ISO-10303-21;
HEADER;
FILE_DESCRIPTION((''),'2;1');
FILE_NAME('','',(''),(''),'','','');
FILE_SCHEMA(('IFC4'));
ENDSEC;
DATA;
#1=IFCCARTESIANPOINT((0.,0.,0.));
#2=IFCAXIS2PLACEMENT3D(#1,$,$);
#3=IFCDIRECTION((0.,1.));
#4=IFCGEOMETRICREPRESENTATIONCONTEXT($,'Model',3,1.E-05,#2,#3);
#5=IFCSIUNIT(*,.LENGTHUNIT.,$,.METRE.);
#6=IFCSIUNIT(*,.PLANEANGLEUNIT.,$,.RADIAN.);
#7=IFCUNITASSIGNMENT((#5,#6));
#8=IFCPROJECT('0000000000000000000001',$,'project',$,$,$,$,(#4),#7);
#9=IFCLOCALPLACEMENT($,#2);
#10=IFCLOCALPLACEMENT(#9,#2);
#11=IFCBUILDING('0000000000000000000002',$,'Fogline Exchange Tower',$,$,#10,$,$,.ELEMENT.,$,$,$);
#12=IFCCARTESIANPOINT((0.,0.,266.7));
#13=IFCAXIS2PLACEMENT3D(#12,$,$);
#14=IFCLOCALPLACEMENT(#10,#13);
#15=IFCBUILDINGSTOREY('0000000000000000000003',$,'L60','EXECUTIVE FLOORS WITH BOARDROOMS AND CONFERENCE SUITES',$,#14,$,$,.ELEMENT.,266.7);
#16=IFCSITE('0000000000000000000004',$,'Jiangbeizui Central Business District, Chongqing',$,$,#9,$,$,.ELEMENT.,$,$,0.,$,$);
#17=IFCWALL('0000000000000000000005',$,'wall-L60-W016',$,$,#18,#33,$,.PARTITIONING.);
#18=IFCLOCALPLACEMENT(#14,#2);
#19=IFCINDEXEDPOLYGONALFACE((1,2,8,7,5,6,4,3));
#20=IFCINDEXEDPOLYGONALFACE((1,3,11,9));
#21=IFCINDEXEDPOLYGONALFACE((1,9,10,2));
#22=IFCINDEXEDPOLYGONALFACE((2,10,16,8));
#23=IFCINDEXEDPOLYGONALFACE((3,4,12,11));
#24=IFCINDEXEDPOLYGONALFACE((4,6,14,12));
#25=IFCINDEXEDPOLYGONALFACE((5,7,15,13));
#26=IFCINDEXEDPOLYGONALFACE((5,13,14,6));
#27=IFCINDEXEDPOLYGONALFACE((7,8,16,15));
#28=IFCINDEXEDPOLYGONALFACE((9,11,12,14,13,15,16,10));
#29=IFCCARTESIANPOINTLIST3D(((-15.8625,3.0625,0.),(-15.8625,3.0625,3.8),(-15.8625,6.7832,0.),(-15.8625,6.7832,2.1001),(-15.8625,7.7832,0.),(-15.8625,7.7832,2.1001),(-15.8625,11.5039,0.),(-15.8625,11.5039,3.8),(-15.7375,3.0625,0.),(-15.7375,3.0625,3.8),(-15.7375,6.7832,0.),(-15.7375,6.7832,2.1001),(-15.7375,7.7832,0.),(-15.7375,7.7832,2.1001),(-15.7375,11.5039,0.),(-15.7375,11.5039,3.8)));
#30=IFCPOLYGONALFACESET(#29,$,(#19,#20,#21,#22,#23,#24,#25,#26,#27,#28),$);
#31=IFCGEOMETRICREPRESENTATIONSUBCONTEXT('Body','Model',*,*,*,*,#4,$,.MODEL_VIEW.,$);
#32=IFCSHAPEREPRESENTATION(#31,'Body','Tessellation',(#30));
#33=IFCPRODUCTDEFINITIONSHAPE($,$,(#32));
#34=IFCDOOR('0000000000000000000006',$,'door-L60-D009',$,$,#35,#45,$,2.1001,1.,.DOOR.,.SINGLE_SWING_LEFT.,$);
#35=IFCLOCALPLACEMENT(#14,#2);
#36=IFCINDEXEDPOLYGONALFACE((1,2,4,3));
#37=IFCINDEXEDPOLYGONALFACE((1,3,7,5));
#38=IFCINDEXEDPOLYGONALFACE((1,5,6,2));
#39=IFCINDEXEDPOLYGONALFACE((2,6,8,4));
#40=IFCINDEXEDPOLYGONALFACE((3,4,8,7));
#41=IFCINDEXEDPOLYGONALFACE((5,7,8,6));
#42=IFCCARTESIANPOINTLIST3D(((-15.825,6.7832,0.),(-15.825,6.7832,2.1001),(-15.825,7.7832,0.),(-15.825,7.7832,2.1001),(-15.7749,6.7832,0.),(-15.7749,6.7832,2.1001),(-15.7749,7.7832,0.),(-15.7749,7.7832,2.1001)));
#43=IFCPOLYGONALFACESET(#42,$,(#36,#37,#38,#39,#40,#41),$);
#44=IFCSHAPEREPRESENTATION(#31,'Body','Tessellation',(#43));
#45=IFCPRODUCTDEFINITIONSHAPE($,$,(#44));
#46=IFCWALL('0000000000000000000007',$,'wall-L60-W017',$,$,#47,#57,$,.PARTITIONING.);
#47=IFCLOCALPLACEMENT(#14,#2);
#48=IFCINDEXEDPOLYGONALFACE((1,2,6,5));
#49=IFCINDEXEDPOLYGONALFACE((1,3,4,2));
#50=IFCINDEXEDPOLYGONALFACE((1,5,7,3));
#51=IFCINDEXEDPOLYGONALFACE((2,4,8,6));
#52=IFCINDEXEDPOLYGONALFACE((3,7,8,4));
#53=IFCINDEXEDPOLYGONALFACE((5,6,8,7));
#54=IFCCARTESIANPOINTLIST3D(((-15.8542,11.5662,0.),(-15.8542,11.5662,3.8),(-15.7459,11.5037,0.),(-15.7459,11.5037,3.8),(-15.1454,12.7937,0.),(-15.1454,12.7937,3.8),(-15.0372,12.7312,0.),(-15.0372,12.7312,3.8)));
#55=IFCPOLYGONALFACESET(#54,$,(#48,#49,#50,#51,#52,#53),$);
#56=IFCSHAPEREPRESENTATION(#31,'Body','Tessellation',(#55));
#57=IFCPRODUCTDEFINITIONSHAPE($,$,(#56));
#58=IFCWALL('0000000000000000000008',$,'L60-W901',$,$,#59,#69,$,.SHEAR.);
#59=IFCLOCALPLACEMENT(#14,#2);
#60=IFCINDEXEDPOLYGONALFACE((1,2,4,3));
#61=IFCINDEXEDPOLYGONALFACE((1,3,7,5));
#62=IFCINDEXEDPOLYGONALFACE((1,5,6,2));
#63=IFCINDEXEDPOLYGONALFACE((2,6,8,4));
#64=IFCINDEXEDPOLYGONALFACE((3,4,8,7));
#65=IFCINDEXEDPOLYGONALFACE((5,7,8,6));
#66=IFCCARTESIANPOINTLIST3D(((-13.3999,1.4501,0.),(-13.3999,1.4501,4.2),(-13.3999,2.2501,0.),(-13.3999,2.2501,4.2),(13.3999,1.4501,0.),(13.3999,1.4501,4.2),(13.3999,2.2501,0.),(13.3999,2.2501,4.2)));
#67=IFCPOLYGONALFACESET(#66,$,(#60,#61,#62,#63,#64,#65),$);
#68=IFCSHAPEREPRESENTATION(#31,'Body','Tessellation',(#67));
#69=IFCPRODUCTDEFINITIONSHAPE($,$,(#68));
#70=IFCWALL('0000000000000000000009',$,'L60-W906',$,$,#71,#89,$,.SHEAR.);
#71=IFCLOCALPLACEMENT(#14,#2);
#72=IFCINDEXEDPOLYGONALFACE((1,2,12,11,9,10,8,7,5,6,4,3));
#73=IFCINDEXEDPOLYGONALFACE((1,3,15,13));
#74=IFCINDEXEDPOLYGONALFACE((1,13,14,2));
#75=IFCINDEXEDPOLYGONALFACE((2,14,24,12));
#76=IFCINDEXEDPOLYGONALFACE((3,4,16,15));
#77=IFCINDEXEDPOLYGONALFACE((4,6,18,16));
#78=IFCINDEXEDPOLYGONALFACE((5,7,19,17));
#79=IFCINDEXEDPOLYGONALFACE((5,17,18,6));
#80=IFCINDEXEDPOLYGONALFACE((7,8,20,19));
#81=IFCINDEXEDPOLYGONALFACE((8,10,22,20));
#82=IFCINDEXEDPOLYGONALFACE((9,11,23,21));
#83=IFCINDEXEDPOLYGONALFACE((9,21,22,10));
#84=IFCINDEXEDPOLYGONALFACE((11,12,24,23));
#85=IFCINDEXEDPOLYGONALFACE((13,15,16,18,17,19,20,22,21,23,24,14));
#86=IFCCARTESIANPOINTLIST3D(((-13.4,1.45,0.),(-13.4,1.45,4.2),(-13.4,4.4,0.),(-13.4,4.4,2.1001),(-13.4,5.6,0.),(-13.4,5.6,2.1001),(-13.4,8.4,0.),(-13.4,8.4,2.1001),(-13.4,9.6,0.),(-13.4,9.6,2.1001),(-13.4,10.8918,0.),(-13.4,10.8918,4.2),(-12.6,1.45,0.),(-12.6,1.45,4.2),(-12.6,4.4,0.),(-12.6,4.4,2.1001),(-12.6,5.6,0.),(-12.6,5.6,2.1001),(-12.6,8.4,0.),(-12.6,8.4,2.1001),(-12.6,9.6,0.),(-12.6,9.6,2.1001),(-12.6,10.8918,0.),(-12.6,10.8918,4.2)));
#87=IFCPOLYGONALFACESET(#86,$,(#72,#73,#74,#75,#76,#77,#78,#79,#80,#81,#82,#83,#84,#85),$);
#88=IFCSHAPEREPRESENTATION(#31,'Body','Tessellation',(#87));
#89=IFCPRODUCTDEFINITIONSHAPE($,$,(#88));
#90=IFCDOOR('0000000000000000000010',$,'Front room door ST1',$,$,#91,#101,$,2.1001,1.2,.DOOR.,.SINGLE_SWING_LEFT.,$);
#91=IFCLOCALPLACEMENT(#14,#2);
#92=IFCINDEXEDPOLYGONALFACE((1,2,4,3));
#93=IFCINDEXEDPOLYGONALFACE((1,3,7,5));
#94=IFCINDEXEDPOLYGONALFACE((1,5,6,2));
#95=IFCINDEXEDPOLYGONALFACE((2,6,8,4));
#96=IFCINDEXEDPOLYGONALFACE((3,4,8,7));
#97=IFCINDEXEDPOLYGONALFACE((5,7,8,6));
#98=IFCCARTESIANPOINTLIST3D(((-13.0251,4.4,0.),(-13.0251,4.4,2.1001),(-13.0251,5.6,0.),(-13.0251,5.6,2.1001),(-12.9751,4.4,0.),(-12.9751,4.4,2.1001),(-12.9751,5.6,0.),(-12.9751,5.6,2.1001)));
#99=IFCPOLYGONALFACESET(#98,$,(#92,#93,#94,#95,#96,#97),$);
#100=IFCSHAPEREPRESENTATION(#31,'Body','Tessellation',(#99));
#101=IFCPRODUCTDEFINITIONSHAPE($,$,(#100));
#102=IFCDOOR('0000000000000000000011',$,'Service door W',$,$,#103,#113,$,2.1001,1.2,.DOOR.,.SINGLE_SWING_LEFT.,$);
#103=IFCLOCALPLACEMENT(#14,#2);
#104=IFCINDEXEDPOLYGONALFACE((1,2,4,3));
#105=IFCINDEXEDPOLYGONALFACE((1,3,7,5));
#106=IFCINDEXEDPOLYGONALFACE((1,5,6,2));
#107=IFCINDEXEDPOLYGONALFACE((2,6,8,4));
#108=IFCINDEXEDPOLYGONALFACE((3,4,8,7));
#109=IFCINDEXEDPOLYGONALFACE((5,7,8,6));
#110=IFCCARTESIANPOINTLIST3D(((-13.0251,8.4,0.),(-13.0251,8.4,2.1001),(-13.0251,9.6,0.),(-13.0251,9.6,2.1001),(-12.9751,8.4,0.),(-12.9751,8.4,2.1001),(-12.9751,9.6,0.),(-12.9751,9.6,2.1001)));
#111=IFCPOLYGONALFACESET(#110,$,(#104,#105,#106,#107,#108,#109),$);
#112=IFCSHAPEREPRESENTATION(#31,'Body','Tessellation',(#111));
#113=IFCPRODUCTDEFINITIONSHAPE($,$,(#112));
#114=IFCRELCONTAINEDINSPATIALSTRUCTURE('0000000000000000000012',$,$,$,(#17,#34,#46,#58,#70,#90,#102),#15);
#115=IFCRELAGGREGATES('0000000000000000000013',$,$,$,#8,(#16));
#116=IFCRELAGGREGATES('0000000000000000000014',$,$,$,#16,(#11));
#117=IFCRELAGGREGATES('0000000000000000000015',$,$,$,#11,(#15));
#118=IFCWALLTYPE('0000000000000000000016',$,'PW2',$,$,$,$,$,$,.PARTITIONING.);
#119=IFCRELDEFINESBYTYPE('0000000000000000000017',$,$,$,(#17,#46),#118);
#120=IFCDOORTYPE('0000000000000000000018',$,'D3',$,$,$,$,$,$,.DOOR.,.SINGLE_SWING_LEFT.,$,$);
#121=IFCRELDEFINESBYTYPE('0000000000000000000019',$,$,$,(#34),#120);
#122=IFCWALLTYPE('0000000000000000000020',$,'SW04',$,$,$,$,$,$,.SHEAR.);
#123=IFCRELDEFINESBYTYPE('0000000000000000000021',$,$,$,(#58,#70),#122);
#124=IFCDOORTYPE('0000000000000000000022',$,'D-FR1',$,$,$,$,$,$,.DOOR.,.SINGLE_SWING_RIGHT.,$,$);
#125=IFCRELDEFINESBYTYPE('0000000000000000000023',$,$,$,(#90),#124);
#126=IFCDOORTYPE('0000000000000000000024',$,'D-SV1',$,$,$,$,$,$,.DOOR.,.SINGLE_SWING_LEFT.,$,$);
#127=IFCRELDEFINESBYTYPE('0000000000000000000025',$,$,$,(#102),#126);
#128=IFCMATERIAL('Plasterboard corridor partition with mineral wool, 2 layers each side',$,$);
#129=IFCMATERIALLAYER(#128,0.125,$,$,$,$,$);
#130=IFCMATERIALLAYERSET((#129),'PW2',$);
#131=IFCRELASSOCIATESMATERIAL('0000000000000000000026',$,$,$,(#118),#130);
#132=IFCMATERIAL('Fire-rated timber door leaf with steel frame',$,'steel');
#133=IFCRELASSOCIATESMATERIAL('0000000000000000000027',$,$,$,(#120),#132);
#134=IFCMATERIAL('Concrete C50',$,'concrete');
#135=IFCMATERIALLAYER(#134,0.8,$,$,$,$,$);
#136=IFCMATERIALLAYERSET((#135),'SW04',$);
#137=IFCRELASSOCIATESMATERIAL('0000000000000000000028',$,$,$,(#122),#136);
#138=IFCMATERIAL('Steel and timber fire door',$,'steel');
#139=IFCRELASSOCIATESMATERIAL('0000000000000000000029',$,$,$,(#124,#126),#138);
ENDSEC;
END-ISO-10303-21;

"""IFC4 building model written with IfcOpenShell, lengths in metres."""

from ifc_helpers import new_model, si_unit, direction, frame, frame_2d, origin, place, context, subcontext, project, spatial, rectangle, extrude, material, layer, layer_set, type_object, element, fill, save


model = new_model("IFC4")

# Units and contexts
model_context = context("Model", 3, precision=1e-05, world=origin(), true_north=direction((0.0, 1.0)))
body_context = subcontext(model_context, "Body", "Model", "MODEL_VIEW")
ifc_project = project(units=[si_unit("LENGTHUNIT", "METRE"), si_unit("PLANEANGLEUNIT", "RADIAN")], contexts=[model_context])

# Site, building, storey
site_placement = place(None, origin())
site = spatial("IfcSite", under=ifc_project, at=site_placement, Name="Jiangbeizui Central Business District, Chongqing", CompositionType="ELEMENT", RefElevation=0.0)
building_placement = place(site_placement, origin())
building = spatial("IfcBuilding", under=site, at=building_placement, Name="Fogline Exchange Tower", CompositionType="ELEMENT")
storey_placement = place(building_placement, frame((0.0, 0.0, 266.7)))
storey = spatial("IfcBuildingStorey", under=building, at=storey_placement, Name="L60", Description="EXECUTIVE FLOORS WITH BOARDROOMS AND CONFERENCE SUITES", CompositionType="ELEMENT", Elevation=266.7)

# Shared definitions
ifc_material_1 = material(Name="Steel and timber fire door", Category="steel")

# Shared definitions
ifc_material_2 = material(Name="Plasterboard corridor partition with mineral wool, 2 layers each side")
ifc_layer_1 = layer(ifc_material_2, 0.125)
ifc_layer_set_1 = layer_set([ifc_layer_1], Name="PW2")
wall_type_1 = type_object("IfcWallType", Name="PW2", PredefinedType="PARTITIONING", material=ifc_layer_set_1)

# Wall, opening, door
wall_1_placement = place(storey_placement, frame((-15.8, 3.0625, 0.0), z_axis=(0.0, 0.0, 1.0), x_axis=(0.0, 1.0, 0.0)))
wall_1 = element("IfcWall", 1, at=wall_1_placement, inside=storey, type_object=wall_type_1, Name="wall-L60-W016", PredefinedType="PARTITIONING", context=body_context, shape_type="SweptSolid", body=[
    extrude(rectangle(XDim=8.4414, YDim=0.125, at=frame_2d((4.2207, 0.0))), origin(), (0.0, 0.0, 1.0), 3.8),
])
opening_1_placement = place(wall_1_placement, frame((3.7207, 0.0, 0.0)))
opening_1 = element("IfcOpeningElement", 2, at=opening_1_placement, cuts=wall_1, PredefinedType="OPENING", context=body_context, shape_type="SweptSolid", body=[
    extrude(rectangle(XDim=1.0, YDim=2.1001, at=frame_2d((0.5, 1.05))), frame((0.0, 0.0725, 0.0), z_axis=(0.0, -1.0, 0.0), x_axis=(1.0, 0.0, 0.0)), (0.0, 0.0, 1.0), 0.145),
])
ifc_material_3 = material(Name="Fire-rated timber door leaf with steel frame", Category="steel")
door_type_1 = type_object("IfcDoorType", Name="D3", OperationType="SINGLE_SWING_LEFT", PredefinedType="DOOR", material=ifc_material_3)
door_1_placement = place(opening_1_placement, origin())
door_1 = element("IfcDoor", 3, at=door_1_placement, inside=storey, type_object=door_type_1, Name="door-L60-D009", OperationType="SINGLE_SWING_LEFT", OverallHeight=2.1001, OverallWidth=1.0, PredefinedType="DOOR", context=body_context, shape_type="SweptSolid", body=[
    extrude(rectangle(XDim=1.0, YDim=2.1001, at=frame_2d((0.5, 1.05))), frame((0.0, 0.0249, 0.0), z_axis=(0.0, -1.0, 0.0), x_axis=(1.0, 0.0, 0.0)), (0.0, 0.0, 1.0), 0.05),
])
fill(opening_1, door_1)

# Walls
wall_2_placement = place(storey_placement, frame((-15.8, 11.5349, 0.0), z_axis=(0.0, 0.0, 1.0), x_axis=(0.500011, 0.866019, 0.0)))
element("IfcWall", 4, at=wall_2_placement, inside=storey, type_object=wall_type_1, Name="wall-L60-W017", PredefinedType="PARTITIONING", context=body_context, shape_type="SweptSolid", body=[
    extrude(rectangle(XDim=1.4175, YDim=0.125, at=frame_2d((0.7087, 0.0))), origin(), (0.0, 0.0, 1.0), 3.8),
])
ifc_material_4 = material(Name="Concrete C50", Category="concrete")
ifc_layer_2 = layer(ifc_material_4, 0.8)
ifc_layer_set_2 = layer_set([ifc_layer_2], Name="SW04")
wall_type_2 = type_object("IfcWallType", Name="SW04", PredefinedType="SHEAR", material=ifc_layer_set_2)
wall_3_placement = place(storey_placement, frame((-13.3999, 1.8501, 0.0), z_axis=(0.0, 0.0, 1.0), x_axis=(1.0, 0.0, 0.0)))
element("IfcWall", 5, at=wall_3_placement, inside=storey, type_object=wall_type_2, Name="L60-W901", PredefinedType="SHEAR", context=body_context, shape_type="SweptSolid", body=[
    extrude(rectangle(XDim=26.7998, YDim=0.8, at=frame_2d((13.3999, 0.0))), origin(), (0.0, 0.0, 1.0), 4.2),
])

# Wall, openings, doors
wall_4_placement = place(storey_placement, frame((-13.0, 10.8918, 0.0), z_axis=(0.0, 0.0, 1.0), x_axis=(0.0, -1.0, 0.0)))
wall_4 = element("IfcWall", 6, at=wall_4_placement, inside=storey, type_object=wall_type_2, Name="L60-W906", PredefinedType="SHEAR", context=body_context, shape_type="SweptSolid", body=[
    extrude(rectangle(XDim=9.4419, YDim=0.8, at=frame_2d((4.7209, 0.0))), origin(), (0.0, 0.0, 1.0), 4.2),
])
opening_2_placement = place(wall_4_placement, frame((5.2917, 0.0, 0.0)))
opening_2 = element("IfcOpeningElement", 7, at=opening_2_placement, cuts=wall_4, PredefinedType="OPENING", context=body_context, shape_type="SweptSolid", body=[
    extrude(rectangle(XDim=1.2, YDim=2.1001, at=frame_2d((0.6001, 1.05))), frame((0.0, 0.4102, 0.0), z_axis=(0.0, -1.0, 0.0), x_axis=(1.0, 0.0, 0.0)), (0.0, 0.0, 1.0), 0.8201),
])
opening_3_placement = place(wall_4_placement, frame((1.2917, 0.0, 0.0)))
opening_3 = element("IfcOpeningElement", 8, at=opening_3_placement, cuts=wall_4, PredefinedType="OPENING", context=body_context, shape_type="SweptSolid", body=[
    extrude(rectangle(XDim=1.2, YDim=2.1001, at=frame_2d((0.6001, 1.05))), frame((0.0, 0.4102, 0.0), z_axis=(0.0, -1.0, 0.0), x_axis=(1.0, 0.0, 0.0)), (0.0, 0.0, 1.0), 0.8201),
])
door_type_2 = type_object("IfcDoorType", Name="D-FR1", OperationType="SINGLE_SWING_RIGHT", PredefinedType="DOOR", material=ifc_material_1)
door_2_placement = place(opening_2_placement, origin())
door_2 = element("IfcDoor", 9, at=door_2_placement, inside=storey, type_object=door_type_2, Name="Front room door ST1", OperationType="SINGLE_SWING_LEFT", OverallHeight=2.1001, OverallWidth=1.2, PredefinedType="DOOR", context=body_context, shape_type="SweptSolid", body=[
    extrude(rectangle(XDim=1.2, YDim=2.1001, at=frame_2d((0.6001, 1.05))), frame((0.0, 0.0249, 0.0), z_axis=(0.0, -1.0, 0.0), x_axis=(1.0, 0.0, 0.0)), (0.0, 0.0, 1.0), 0.05),
])
fill(opening_2, door_2)
door_type_3 = type_object("IfcDoorType", Name="D-SV1", OperationType="SINGLE_SWING_LEFT", PredefinedType="DOOR", material=ifc_material_1)
door_3_placement = place(opening_3_placement, origin())
door_3 = element("IfcDoor", 10, at=door_3_placement, inside=storey, type_object=door_type_3, Name="Service door W", OperationType="SINGLE_SWING_LEFT", OverallHeight=2.1001, OverallWidth=1.2, PredefinedType="DOOR", context=body_context, shape_type="SweptSolid", body=[
    extrude(rectangle(XDim=1.2, YDim=2.1001, at=frame_2d((0.6001, 1.05))), frame((0.0, 0.0249, 0.0), z_axis=(0.0, -1.0, 0.0), x_axis=(1.0, 0.0, 0.0)), (0.0, 0.0, 1.0), 0.05),
])
fill(opening_3, door_3)

save(model, "model.ifc")
